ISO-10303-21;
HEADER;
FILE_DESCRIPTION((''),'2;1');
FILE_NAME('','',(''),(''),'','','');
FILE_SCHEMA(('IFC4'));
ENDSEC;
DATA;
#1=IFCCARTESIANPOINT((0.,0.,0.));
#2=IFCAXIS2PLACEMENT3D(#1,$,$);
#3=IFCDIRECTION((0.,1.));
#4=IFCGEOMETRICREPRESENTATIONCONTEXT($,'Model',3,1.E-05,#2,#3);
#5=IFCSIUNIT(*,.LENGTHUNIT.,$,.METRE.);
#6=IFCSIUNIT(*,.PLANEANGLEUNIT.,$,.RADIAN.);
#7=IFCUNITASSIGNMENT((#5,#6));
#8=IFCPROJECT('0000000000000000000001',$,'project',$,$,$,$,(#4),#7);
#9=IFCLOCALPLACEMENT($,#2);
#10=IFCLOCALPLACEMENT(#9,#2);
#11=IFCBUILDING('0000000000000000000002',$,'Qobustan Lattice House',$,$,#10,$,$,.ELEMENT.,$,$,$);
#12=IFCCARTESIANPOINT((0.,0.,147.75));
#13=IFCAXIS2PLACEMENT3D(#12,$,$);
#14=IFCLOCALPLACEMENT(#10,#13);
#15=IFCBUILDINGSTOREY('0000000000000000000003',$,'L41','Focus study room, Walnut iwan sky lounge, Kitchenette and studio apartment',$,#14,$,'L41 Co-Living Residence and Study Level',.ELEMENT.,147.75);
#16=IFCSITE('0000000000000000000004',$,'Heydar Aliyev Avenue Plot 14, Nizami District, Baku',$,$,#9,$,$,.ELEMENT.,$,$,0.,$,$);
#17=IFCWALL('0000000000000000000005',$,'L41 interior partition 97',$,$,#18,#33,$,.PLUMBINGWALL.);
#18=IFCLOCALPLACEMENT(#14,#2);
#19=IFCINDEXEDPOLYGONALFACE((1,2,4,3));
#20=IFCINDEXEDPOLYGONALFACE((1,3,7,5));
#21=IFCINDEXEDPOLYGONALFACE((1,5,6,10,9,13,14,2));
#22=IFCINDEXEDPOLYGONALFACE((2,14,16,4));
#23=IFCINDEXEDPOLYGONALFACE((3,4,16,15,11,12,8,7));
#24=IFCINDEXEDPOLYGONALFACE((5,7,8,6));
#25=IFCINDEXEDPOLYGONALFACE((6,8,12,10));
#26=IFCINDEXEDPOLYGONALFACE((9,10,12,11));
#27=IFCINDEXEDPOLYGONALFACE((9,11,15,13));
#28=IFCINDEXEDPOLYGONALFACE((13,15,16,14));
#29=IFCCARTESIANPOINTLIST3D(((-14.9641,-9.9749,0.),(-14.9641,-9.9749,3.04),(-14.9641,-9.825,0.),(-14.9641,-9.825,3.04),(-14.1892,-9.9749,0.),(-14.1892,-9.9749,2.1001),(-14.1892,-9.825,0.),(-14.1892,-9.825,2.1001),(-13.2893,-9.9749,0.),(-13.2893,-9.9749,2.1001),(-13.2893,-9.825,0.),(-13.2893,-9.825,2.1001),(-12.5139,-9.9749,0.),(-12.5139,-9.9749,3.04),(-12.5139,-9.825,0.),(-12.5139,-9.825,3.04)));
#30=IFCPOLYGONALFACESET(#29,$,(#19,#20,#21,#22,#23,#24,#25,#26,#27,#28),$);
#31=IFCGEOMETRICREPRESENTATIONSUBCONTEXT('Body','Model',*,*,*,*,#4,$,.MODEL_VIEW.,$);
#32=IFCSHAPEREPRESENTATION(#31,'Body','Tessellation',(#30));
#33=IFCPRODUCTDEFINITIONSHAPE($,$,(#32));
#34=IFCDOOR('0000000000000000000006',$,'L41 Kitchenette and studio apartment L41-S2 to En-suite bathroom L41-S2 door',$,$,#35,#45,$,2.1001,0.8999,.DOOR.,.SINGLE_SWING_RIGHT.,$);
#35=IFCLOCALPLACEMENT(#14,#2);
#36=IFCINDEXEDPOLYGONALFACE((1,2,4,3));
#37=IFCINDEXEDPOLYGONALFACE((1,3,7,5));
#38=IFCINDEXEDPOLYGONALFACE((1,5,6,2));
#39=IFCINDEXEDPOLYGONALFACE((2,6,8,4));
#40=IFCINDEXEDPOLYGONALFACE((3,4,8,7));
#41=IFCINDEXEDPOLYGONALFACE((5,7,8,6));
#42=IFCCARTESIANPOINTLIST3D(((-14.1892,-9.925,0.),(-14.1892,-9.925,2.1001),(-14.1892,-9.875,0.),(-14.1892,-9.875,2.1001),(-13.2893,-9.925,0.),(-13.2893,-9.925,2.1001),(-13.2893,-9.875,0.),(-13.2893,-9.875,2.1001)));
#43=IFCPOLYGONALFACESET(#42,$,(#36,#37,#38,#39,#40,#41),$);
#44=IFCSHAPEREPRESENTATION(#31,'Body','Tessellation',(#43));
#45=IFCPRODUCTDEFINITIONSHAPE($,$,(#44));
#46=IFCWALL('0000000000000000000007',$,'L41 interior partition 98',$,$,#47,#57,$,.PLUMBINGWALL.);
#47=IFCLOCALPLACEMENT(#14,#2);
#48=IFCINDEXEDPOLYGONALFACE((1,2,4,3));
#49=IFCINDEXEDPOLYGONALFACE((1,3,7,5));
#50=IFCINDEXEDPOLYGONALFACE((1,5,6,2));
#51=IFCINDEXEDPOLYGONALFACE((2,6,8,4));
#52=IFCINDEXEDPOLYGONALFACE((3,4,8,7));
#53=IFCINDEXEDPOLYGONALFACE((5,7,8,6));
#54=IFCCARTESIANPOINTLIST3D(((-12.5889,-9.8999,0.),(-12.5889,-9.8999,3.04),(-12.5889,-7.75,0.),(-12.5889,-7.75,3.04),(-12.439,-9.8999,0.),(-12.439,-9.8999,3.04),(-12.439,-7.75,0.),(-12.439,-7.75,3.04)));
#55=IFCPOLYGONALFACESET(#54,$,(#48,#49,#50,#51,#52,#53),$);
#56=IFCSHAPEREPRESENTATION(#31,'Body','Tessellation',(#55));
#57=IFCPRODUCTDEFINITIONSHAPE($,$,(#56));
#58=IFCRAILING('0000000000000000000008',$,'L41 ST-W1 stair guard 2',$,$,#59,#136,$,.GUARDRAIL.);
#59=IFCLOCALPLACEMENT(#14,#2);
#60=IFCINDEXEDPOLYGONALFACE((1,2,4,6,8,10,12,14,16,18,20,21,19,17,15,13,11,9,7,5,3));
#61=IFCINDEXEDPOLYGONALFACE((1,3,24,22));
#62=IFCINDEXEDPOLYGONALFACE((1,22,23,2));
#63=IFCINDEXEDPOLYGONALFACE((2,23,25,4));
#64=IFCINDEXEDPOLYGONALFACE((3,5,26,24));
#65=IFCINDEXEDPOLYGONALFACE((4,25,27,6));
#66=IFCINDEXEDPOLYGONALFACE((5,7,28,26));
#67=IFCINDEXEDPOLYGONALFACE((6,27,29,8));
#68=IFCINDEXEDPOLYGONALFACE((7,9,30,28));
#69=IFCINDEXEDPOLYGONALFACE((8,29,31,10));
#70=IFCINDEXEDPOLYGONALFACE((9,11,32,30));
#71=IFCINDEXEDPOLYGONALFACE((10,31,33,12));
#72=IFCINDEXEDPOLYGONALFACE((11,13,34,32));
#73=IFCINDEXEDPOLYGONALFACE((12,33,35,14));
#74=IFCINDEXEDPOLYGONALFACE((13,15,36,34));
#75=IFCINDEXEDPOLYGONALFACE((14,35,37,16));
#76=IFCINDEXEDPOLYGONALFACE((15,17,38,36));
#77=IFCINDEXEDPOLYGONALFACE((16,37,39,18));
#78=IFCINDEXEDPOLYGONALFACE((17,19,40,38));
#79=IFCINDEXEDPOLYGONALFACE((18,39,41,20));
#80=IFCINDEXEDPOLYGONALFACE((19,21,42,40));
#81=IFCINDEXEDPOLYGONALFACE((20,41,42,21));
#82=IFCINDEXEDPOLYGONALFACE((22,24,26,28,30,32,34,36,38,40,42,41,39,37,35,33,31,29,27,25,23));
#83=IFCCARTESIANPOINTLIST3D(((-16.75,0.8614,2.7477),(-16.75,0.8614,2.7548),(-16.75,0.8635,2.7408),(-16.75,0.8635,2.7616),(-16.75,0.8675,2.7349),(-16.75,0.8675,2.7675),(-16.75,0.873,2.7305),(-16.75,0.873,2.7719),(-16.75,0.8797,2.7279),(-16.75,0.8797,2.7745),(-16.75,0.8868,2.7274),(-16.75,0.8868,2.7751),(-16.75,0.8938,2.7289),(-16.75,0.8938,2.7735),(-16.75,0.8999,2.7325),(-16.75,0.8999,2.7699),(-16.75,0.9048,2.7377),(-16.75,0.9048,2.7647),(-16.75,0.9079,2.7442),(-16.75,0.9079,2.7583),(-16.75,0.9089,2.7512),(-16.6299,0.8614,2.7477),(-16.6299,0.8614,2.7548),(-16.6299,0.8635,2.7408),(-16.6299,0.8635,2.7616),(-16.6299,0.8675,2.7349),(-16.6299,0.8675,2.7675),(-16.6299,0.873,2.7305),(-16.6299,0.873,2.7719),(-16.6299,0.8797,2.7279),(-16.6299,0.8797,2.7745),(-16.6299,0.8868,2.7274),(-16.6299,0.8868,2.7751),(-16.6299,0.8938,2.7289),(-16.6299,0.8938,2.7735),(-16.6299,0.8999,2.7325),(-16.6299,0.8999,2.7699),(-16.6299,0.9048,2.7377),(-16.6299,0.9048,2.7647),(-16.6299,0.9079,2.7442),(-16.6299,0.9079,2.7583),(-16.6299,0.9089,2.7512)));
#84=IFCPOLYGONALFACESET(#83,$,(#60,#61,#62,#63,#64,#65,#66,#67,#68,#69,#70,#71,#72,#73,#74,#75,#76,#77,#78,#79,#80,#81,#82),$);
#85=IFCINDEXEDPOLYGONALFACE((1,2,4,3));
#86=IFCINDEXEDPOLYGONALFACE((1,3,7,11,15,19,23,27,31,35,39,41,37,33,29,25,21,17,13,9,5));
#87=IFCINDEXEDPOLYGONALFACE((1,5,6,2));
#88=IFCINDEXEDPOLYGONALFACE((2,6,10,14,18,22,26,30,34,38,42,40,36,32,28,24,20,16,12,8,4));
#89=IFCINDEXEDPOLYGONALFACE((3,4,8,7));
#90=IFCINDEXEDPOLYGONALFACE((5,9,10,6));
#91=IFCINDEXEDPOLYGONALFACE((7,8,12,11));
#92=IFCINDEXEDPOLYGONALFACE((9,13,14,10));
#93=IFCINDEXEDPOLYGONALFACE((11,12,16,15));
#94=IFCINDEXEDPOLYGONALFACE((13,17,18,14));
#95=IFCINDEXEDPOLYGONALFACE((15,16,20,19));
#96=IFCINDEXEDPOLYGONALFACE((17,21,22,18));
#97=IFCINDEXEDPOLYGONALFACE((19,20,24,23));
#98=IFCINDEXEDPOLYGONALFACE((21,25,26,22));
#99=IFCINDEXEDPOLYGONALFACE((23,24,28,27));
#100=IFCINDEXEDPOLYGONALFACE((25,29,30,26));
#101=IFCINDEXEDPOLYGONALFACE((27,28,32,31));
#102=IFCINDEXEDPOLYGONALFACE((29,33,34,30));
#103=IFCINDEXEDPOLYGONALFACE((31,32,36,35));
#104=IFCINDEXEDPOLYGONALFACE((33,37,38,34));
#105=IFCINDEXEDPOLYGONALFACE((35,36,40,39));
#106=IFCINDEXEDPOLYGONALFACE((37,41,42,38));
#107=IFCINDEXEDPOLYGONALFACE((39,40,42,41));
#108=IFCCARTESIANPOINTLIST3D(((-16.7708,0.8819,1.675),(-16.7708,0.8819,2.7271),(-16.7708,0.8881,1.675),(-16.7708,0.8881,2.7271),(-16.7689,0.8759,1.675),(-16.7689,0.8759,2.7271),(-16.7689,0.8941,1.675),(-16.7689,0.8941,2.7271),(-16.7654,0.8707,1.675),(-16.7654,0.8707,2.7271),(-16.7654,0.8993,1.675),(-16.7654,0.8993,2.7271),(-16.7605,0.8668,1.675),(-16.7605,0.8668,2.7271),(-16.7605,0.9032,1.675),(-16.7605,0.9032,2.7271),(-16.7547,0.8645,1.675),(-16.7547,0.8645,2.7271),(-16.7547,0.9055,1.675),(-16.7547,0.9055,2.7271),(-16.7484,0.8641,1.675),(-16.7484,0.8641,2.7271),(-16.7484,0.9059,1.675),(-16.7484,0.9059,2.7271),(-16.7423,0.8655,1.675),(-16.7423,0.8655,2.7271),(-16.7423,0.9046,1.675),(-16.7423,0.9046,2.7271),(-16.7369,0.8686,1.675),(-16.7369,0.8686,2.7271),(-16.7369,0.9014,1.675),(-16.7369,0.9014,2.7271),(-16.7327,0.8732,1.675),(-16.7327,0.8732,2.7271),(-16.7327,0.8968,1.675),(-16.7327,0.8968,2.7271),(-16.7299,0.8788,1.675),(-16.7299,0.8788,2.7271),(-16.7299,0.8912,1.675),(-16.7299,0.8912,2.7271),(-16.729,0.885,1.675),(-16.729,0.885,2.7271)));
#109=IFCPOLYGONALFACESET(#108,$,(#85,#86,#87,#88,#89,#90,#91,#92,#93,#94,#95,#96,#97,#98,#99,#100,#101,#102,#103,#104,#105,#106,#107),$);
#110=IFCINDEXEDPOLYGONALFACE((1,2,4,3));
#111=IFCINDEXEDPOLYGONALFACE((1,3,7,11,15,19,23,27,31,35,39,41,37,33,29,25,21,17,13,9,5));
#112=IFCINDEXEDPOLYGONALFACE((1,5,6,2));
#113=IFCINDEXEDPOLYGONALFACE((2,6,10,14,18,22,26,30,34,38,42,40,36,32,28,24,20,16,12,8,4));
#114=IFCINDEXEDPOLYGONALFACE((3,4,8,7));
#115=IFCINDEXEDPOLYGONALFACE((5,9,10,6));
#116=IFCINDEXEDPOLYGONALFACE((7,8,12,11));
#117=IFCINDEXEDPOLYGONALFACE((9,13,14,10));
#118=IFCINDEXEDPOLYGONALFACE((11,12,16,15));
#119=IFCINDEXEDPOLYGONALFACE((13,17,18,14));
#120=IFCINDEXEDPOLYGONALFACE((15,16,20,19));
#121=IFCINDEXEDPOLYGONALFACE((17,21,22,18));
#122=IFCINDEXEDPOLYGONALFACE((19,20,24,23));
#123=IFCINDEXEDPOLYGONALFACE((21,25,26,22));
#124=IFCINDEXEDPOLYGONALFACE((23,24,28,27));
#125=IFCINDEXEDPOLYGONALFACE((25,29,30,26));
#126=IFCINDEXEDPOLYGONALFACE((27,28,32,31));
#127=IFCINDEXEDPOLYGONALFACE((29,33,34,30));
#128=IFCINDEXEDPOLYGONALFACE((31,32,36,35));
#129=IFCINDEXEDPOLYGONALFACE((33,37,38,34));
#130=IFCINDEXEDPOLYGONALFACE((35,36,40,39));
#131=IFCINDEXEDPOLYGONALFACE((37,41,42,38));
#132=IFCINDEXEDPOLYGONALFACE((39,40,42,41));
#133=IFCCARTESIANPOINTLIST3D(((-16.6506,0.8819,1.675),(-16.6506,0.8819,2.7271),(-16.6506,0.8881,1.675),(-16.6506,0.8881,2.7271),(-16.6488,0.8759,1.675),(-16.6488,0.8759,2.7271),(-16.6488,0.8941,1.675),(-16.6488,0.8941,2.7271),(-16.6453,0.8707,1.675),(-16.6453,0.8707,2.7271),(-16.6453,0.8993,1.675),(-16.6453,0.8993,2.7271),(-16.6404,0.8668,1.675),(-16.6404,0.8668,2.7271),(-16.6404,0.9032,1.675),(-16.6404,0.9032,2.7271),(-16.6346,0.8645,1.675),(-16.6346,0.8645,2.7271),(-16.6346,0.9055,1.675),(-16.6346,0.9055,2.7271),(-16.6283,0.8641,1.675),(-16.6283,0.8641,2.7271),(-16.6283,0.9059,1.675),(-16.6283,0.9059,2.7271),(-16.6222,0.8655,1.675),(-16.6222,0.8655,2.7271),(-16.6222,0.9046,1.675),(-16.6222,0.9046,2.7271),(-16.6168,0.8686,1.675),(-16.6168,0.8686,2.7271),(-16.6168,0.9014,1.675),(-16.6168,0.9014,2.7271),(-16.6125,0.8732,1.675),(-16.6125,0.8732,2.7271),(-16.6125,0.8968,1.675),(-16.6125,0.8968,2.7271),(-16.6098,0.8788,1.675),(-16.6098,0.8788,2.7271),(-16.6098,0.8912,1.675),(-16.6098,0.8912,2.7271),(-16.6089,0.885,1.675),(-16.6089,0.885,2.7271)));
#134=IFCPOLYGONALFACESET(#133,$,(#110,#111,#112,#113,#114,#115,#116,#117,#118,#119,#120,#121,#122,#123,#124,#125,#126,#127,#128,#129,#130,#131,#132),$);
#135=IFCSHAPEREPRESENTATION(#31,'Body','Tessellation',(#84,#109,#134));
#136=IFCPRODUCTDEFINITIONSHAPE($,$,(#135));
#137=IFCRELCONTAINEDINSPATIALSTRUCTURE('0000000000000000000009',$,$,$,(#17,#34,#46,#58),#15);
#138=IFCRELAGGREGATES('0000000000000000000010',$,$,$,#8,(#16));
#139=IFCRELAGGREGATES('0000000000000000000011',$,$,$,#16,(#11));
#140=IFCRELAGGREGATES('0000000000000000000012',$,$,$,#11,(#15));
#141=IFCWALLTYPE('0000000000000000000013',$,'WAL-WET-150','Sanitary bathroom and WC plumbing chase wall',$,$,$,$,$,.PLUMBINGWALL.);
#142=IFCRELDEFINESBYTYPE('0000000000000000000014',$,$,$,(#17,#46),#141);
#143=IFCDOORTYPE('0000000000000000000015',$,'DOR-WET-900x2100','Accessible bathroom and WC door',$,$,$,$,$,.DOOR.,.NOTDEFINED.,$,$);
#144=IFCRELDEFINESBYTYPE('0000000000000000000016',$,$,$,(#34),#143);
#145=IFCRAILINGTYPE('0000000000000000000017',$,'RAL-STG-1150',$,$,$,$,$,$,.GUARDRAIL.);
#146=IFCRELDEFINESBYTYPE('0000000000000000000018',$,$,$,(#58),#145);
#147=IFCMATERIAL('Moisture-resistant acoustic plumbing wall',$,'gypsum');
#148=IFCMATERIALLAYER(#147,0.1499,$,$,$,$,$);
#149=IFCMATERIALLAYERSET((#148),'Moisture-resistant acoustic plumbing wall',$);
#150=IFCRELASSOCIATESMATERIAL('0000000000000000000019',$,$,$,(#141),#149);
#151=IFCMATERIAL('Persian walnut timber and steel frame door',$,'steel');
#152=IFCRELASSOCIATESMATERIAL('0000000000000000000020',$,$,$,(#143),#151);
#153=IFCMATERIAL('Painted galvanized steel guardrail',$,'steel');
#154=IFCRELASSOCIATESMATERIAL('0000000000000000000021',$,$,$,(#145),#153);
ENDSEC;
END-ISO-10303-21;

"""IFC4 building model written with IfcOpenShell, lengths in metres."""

from ifc_helpers import new_model, si_unit, direction, frame, frame_2d, origin, origin_2d, place, context, subcontext, project, spatial, rectangle, circle, extrude, material, layer, layer_set, type_object, element, fill, save


model = new_model("IFC4")

# Units and contexts
model_context = context("Model", 3, precision=1e-05, world=origin(), true_north=direction((0.0, 1.0)))
body_context = subcontext(model_context, "Body", "Model", "MODEL_VIEW")
ifc_project = project(units=[si_unit("LENGTHUNIT", "METRE"), si_unit("PLANEANGLEUNIT", "RADIAN")], contexts=[model_context])

# Site, building, storey
site_placement = place(None, origin())
site = spatial("IfcSite", under=ifc_project, at=site_placement, Name="Heydar Aliyev Avenue Plot 14, Nizami District, Baku", CompositionType="ELEMENT", RefElevation=0.0)
building_placement = place(site_placement, origin())
building = spatial("IfcBuilding", under=site, at=building_placement, Name="Qobustan Lattice House", CompositionType="ELEMENT")
storey_placement = place(building_placement, frame((0.0, 0.0, 147.75)))
storey = spatial("IfcBuildingStorey", under=building, at=storey_placement, Name="L41", Description="Focus study room, Walnut iwan sky lounge, Kitchenette and studio apartment", LongName="L41 Co-Living Residence and Study Level", CompositionType="ELEMENT", Elevation=147.75)

# Shared definitions
ifc_material_1 = material(Name="Moisture-resistant acoustic plumbing wall", Category="gypsum")
ifc_layer_1 = layer(ifc_material_1, 0.1499)
ifc_layer_set_1 = layer_set([ifc_layer_1], Name="Moisture-resistant acoustic plumbing wall")
wall_type_1 = type_object("IfcWallType", Name="WAL-WET-150", Description="Sanitary bathroom and WC plumbing chase wall", PredefinedType="PLUMBINGWALL", material=ifc_layer_set_1)

# Wall, opening, door
wall_1_placement = place(storey_placement, frame((-14.9641, -9.8999, 0.0), z_axis=(0.0, 0.0, 1.0), x_axis=(1.0, 0.0, 0.0)))
wall_1 = element("IfcWall", 1, at=wall_1_placement, inside=storey, type_object=wall_type_1, Name="L41 interior partition 97", PredefinedType="PLUMBINGWALL", context=body_context, shape_type="SweptSolid", body=[
    extrude(rectangle(XDim=2.4502, YDim=0.1499, at=frame_2d((1.2251, 0.0))), origin(), (0.0, 0.0, 1.0), 3.04),
])
opening_1_placement = place(wall_1_placement, frame((0.7749, 0.0, 0.0)))
opening_1 = element("IfcOpeningElement", 2, at=opening_1_placement, cuts=wall_1, PredefinedType="OPENING", context=body_context, shape_type="SweptSolid", body=[
    extrude(rectangle(XDim=0.8999, YDim=2.1001, at=frame_2d((0.45, 1.05))), frame((0.0, 0.085, 0.0), z_axis=(0.0, -1.0, 0.0), x_axis=(1.0, 0.0, 0.0)), (0.0, 0.0, 1.0), 0.1699),
])
ifc_material_2 = material(Name="Persian walnut timber and steel frame door", Category="steel")
door_type_1 = type_object("IfcDoorType", Name="DOR-WET-900x2100", Description="Accessible bathroom and WC door", OperationType="NOTDEFINED", PredefinedType="DOOR", material=ifc_material_2)
door_1_placement = place(opening_1_placement, origin())
door_1 = element("IfcDoor", 3, at=door_1_placement, inside=storey, type_object=door_type_1, Name="L41 Kitchenette and studio apartment L41-S2 to En-suite bathroom L41-S2 door", OperationType="SINGLE_SWING_RIGHT", OverallHeight=2.1001, OverallWidth=0.8999, PredefinedType="DOOR", context=body_context, shape_type="SweptSolid", body=[
    extrude(rectangle(XDim=0.8999, YDim=2.1001, at=frame_2d((0.45, 1.05))), frame((0.0, 0.0249, 0.0), z_axis=(0.0, -1.0, 0.0), x_axis=(1.0, 0.0, 0.0)), (0.0, 0.0, 1.0), 0.05),
])
fill(opening_1, door_1)

# Wall
wall_2_placement = place(storey_placement, frame((-12.5139, -9.8999, 0.0), z_axis=(0.0, 0.0, 1.0), x_axis=(0.0, 1.0, 0.0)))
element("IfcWall", 4, at=wall_2_placement, inside=storey, type_object=wall_type_1, Name="L41 interior partition 98", PredefinedType="PLUMBINGWALL", context=body_context, shape_type="SweptSolid", body=[
    extrude(rectangle(XDim=2.1499, YDim=0.1499, at=frame_2d((1.075, 0.0))), origin(), (0.0, 0.0, 1.0), 3.04),
])

# Railing
ifc_material_3 = material(Name="Painted galvanized steel guardrail", Category="steel")
railing_type = type_object("IfcRailingType", Name="RAL-STG-1150", PredefinedType="GUARDRAIL", material=ifc_material_3)
railing_1_placement = place(storey_placement, frame((-16.75, 0.885, 1.675)))
element("IfcRailing", 5, at=railing_1_placement, inside=storey, type_object=railing_type, Name="L41 ST-W1 stair guard 2", PredefinedType="GUARDRAIL", context=body_context, shape_type="SweptSolid", body=[
    extrude(circle(Radius=0.0239, at=origin_2d()), frame((0.0, 0.0, 1.0762), z_axis=(1.0, 0.0, 0.0), x_axis=(0.0, 1.0, 0.0)), (0.0, 0.0, 1.0), 0.1201),
    extrude(circle(Radius=0.021, at=origin_2d()), origin(), (0.0, 0.0, 1.0), 1.052),
    extrude(circle(Radius=0.021, at=origin_2d()), frame((0.1201, 0.0, 0.0)), (0.0, 0.0, 1.0), 1.052),
])

save(model, "model.ifc")
